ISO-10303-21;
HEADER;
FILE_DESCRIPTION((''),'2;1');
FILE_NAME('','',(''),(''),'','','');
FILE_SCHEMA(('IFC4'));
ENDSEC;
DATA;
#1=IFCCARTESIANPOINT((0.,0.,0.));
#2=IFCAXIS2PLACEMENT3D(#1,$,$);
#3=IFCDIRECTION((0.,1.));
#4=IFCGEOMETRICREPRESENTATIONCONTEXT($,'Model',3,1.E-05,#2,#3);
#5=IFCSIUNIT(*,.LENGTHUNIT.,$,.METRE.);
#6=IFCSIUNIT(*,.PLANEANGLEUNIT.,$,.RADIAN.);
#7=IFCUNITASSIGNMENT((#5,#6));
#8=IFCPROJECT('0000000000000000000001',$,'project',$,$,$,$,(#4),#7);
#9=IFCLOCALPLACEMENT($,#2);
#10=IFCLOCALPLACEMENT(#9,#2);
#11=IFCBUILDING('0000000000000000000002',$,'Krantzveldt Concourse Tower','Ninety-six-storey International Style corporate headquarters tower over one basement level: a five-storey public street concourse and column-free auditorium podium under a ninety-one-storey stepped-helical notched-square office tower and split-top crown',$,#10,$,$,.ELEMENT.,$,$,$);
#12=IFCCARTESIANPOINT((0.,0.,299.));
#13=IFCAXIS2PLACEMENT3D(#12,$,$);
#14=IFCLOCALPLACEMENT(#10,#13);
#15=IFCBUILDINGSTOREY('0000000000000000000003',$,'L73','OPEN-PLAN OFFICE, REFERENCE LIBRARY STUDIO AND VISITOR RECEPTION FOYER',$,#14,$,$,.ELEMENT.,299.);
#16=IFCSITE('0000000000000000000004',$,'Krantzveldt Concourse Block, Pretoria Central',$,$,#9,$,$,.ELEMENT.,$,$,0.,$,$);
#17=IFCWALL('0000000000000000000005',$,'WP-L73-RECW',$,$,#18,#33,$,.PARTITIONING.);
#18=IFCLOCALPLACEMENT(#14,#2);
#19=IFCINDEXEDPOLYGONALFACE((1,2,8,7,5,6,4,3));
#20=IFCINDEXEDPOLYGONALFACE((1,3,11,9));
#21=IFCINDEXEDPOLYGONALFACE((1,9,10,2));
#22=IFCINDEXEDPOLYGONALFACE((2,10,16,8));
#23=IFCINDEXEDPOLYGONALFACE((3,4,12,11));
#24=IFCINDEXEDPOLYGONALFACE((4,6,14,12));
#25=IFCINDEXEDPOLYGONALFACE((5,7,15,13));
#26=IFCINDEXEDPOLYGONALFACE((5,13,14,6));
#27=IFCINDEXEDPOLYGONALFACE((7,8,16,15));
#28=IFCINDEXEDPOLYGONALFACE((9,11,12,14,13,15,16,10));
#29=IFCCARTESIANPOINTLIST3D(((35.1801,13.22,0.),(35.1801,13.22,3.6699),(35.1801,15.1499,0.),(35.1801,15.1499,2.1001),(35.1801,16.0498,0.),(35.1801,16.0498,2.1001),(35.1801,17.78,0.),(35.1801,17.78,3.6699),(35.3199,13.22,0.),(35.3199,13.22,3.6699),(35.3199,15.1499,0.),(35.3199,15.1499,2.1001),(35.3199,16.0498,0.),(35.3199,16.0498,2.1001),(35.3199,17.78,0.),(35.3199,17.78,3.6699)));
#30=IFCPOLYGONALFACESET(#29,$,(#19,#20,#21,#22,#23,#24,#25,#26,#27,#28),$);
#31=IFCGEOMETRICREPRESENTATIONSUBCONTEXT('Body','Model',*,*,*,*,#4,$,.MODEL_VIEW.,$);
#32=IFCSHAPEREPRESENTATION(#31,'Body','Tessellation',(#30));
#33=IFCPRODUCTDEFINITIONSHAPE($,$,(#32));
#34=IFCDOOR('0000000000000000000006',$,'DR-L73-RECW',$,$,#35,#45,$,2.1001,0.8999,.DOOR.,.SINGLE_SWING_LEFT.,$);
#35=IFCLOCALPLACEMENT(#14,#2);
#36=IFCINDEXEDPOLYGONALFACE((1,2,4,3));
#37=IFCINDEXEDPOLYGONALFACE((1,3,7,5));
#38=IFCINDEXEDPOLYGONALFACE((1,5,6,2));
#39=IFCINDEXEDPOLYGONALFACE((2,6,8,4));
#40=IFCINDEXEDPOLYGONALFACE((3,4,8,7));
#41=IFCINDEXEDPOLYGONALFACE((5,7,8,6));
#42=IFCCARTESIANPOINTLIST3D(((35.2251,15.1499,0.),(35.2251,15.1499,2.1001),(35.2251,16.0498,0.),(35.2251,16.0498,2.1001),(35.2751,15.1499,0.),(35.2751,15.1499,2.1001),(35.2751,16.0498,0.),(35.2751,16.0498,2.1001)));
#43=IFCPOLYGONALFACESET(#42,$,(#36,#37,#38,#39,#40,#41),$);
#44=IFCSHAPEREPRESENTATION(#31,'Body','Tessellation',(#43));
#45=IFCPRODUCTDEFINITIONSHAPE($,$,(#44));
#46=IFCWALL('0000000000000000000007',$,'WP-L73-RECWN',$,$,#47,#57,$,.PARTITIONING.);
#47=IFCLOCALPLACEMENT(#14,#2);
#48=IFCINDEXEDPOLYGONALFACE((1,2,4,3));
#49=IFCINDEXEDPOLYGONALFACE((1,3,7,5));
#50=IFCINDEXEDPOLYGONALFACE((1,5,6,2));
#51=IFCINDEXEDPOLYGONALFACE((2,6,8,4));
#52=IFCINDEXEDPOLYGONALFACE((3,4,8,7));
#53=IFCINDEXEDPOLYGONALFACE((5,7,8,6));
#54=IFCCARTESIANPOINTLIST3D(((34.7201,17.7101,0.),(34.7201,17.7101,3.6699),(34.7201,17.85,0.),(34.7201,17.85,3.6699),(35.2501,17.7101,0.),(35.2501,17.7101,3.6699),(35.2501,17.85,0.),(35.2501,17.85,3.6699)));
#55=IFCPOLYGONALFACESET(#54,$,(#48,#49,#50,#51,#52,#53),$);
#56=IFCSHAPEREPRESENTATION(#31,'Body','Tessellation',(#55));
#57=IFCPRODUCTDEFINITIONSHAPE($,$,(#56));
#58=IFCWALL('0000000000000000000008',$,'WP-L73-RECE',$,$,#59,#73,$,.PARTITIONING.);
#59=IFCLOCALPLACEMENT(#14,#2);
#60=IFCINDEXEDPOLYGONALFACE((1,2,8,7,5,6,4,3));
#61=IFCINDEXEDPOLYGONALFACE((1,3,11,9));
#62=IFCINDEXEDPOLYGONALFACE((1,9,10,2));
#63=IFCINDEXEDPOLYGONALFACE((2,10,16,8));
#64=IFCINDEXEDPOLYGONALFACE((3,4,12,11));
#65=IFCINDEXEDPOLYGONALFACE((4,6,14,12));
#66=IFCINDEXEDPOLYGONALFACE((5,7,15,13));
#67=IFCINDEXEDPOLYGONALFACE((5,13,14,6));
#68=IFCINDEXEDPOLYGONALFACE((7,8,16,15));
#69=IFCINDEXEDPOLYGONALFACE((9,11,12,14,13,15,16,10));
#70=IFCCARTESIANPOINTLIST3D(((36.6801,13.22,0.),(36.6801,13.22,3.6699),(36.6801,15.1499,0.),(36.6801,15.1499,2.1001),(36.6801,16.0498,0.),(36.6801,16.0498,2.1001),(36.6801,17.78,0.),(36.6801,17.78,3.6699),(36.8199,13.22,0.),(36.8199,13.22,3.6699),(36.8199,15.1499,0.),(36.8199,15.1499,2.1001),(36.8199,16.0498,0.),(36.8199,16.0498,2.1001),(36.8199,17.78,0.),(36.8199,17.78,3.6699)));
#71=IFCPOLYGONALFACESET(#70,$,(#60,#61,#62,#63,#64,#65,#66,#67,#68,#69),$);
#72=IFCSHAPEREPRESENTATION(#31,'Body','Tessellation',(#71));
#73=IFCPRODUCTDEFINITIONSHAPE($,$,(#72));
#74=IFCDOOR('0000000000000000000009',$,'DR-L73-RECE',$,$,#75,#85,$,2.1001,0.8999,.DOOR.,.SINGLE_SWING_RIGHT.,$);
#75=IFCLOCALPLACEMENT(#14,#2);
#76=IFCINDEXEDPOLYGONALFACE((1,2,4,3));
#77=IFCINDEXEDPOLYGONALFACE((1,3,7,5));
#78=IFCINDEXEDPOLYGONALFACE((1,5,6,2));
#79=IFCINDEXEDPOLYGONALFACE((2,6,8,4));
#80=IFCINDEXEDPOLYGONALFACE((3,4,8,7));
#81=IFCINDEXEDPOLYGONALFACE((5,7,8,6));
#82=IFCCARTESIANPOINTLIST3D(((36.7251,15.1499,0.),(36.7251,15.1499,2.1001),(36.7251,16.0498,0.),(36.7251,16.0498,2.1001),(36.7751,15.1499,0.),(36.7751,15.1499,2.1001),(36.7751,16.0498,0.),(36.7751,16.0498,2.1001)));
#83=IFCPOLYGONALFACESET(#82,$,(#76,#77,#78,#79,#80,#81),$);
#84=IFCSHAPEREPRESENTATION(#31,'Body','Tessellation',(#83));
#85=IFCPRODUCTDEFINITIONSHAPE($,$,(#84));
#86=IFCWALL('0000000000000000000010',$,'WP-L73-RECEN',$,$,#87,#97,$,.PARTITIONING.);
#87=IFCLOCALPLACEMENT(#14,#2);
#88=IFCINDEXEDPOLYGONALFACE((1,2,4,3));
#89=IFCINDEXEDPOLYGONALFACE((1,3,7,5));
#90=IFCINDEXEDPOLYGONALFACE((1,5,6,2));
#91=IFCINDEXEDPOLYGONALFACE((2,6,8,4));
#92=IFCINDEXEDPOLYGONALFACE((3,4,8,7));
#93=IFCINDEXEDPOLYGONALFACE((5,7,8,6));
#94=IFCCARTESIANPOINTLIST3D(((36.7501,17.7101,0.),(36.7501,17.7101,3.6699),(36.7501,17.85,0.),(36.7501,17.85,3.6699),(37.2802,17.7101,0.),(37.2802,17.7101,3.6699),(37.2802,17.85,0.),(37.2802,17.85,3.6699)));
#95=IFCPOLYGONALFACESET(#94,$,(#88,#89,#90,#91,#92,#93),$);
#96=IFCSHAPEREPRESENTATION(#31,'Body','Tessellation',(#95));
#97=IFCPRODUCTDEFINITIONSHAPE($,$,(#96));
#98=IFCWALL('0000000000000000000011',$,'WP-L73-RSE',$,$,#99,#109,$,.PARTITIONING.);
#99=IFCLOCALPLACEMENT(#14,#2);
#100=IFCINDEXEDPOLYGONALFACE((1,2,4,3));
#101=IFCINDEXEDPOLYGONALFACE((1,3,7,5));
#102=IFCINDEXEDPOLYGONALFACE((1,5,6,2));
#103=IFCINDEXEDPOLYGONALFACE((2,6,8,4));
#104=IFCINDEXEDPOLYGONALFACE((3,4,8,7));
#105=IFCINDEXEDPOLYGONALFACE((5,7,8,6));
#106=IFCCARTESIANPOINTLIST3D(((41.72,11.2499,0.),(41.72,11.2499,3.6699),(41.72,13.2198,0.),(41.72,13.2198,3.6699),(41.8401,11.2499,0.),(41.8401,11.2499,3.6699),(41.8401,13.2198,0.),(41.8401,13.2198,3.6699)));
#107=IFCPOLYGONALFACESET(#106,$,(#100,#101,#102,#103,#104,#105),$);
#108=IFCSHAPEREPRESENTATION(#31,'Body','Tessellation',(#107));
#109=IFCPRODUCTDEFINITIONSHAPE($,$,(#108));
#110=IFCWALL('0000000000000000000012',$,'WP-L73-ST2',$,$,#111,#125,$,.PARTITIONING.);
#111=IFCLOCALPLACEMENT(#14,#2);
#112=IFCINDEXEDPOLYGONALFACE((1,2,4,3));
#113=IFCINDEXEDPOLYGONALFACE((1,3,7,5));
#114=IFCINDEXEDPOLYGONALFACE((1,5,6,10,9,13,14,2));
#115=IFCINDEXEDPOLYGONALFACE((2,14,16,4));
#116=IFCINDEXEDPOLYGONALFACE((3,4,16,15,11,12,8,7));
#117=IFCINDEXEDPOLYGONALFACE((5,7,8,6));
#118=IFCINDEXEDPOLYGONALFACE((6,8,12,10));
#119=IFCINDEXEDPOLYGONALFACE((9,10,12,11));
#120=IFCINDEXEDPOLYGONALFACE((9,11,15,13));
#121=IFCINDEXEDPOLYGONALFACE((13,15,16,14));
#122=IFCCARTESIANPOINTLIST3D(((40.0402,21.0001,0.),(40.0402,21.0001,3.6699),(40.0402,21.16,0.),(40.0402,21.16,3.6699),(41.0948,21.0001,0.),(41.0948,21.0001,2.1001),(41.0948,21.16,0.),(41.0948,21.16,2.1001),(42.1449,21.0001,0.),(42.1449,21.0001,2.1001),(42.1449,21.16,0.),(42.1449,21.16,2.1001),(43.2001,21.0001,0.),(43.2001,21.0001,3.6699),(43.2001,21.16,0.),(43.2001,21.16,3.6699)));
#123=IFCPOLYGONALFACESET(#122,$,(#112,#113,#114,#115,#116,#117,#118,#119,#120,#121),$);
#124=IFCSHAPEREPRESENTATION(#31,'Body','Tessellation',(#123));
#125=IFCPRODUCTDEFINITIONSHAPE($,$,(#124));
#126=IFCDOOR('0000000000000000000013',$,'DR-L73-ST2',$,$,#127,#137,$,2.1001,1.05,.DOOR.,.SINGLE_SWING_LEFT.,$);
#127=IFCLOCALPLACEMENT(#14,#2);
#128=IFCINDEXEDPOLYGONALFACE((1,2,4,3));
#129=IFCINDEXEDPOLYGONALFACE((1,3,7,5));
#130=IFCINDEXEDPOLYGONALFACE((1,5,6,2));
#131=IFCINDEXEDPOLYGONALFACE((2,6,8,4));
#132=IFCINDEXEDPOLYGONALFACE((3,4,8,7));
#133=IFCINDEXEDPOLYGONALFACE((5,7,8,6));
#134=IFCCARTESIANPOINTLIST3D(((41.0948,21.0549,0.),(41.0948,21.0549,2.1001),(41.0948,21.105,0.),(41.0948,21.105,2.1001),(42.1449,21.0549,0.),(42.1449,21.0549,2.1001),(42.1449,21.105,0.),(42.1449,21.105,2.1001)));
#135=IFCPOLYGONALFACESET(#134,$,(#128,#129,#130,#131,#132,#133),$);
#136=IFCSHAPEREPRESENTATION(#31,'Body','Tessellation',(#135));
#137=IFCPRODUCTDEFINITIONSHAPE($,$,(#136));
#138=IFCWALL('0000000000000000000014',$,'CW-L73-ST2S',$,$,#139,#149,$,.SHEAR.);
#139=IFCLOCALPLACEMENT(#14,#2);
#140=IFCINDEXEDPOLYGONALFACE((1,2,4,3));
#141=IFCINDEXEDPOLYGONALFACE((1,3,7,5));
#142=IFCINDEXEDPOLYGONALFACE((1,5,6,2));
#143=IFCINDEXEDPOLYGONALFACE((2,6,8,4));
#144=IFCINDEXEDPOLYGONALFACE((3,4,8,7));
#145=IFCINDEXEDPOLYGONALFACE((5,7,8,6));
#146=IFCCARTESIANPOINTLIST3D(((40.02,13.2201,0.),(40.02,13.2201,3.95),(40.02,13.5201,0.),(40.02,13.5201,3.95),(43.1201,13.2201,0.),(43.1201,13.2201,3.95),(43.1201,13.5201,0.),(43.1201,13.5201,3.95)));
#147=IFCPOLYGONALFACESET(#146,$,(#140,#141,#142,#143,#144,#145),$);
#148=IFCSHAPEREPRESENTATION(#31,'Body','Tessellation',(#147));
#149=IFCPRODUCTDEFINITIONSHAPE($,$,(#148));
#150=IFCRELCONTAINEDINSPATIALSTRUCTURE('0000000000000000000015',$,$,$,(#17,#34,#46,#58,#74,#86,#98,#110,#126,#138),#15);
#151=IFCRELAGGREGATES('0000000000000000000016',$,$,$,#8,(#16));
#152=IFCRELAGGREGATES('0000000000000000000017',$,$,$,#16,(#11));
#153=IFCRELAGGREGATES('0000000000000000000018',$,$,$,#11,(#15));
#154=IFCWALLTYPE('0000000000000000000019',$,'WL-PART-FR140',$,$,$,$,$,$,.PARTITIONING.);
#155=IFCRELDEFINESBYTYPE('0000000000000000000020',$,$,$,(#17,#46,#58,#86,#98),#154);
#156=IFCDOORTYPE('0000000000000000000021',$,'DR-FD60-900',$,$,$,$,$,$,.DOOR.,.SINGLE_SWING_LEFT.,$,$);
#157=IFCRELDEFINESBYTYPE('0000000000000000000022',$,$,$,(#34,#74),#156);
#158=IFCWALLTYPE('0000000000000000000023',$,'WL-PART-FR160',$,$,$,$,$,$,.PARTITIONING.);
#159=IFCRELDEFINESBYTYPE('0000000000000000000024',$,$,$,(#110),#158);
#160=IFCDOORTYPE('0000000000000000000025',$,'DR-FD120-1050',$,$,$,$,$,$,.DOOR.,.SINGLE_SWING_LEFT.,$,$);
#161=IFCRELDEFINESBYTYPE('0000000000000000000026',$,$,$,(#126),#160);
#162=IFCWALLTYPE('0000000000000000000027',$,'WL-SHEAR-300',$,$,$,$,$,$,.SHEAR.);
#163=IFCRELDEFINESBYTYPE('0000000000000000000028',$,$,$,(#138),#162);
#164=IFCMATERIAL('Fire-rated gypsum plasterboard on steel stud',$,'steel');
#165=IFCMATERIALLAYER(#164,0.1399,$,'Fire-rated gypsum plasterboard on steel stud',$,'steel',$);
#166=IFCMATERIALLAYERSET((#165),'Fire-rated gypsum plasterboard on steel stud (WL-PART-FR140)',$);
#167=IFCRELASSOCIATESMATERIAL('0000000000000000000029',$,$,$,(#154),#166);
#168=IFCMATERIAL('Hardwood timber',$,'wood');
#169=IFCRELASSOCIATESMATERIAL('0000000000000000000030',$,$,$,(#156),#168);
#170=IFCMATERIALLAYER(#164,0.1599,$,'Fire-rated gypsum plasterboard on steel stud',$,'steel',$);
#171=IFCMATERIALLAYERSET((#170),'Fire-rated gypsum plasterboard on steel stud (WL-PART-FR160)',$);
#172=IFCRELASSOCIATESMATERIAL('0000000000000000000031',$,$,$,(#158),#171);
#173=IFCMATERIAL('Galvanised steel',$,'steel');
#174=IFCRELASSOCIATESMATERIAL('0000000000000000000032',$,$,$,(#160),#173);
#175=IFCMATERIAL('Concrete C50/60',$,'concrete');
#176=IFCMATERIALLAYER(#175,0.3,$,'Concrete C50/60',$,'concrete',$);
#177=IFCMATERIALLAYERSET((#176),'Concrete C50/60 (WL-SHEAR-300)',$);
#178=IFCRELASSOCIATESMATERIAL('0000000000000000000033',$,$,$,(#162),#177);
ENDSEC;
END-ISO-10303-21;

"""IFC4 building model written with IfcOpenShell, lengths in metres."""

from ifc_helpers import new_model, si_unit, direction, frame, frame_2d, origin, place, context, subcontext, project, spatial, rectangle, extrude, material, layer, layer_set, type_object, element, fill, save


model = new_model("IFC4")

# Units and contexts
model_context = context("Model", 3, precision=1e-05, world=origin(), true_north=direction((0.0, 1.0)))
body_context = subcontext(model_context, "Body", "Model", "MODEL_VIEW")
ifc_project = project(units=[si_unit("LENGTHUNIT", "METRE"), si_unit("PLANEANGLEUNIT", "RADIAN")], contexts=[model_context])

# Site, building, storey
site_placement = place(None, origin())
site = spatial("IfcSite", under=ifc_project, at=site_placement, Name="Krantzveldt Concourse Block, Pretoria Central", CompositionType="ELEMENT", RefElevation=0.0)
building_placement = place(site_placement, origin())
building = spatial("IfcBuilding", under=site, at=building_placement, Name="Krantzveldt Concourse Tower", Description="Ninety-six-storey International Style corporate headquarters tower over one basement level: a five-storey public street concourse and column-free auditorium podium under a ninety-one-storey stepped-helical notched-square office tower and split-top crown", CompositionType="ELEMENT")
storey_placement = place(building_placement, frame((0.0, 0.0, 299.0)))
storey = spatial("IfcBuildingStorey", under=building, at=storey_placement, Name="L73", Description="OPEN-PLAN OFFICE, REFERENCE LIBRARY STUDIO AND VISITOR RECEPTION FOYER", CompositionType="ELEMENT", Elevation=299.0)

# Shared definitions
ifc_material_1 = material(Name="Fire-rated gypsum plasterboard on steel stud", Category="steel")
ifc_material_2 = material(Name="Hardwood timber", Category="wood")
ifc_layer_1 = layer(ifc_material_1, 0.1399, Name="Fire-rated gypsum plasterboard on steel stud", Category="steel")
ifc_layer_set_1 = layer_set([ifc_layer_1], Name="Fire-rated gypsum plasterboard on steel stud (WL-PART-FR140)")
wall_type_1 = type_object("IfcWallType", Name="WL-PART-FR140", PredefinedType="PARTITIONING", material=ifc_layer_set_1)

# Wall, opening, door
wall_1_placement = place(storey_placement, frame((35.25, 13.22, 0.0), z_axis=(0.0, 0.0, 1.0), x_axis=(0.0, 1.0, 0.0)))
wall_1 = element("IfcWall", 1, at=wall_1_placement, inside=storey, type_object=wall_type_1, Name="WP-L73-RECW", PredefinedType="PARTITIONING", context=body_context, shape_type="SweptSolid", body=[
    extrude(rectangle(XDim=4.5601, YDim=0.1399, at=frame_2d((2.28, 0.0))), origin(), (0.0, 0.0, 1.0), 3.6699),
])
opening_1_placement = place(wall_1_placement, frame((1.9299, 0.0, 0.0)))
opening_1 = element("IfcOpeningElement", 2, at=opening_1_placement, cuts=wall_1, PredefinedType="OPENING", context=body_context, shape_type="SweptSolid", body=[
    extrude(rectangle(XDim=0.8999, YDim=2.1001, at=frame_2d((0.45, 1.05))), frame((0.0, 0.0801, 0.0), z_axis=(0.0, -1.0, 0.0), x_axis=(1.0, 0.0, 0.0)), (0.0, 0.0, 1.0), 0.1599),
])
door_type_1 = type_object("IfcDoorType", Name="DR-FD60-900", OperationType="SINGLE_SWING_LEFT", PredefinedType="DOOR", material=ifc_material_2)
door_1_placement = place(opening_1_placement, origin())
door_1 = element("IfcDoor", 3, at=door_1_placement, inside=storey, type_object=door_type_1, Name="DR-L73-RECW", OperationType="SINGLE_SWING_LEFT", OverallHeight=2.1001, OverallWidth=0.8999, PredefinedType="DOOR", context=body_context, shape_type="SweptSolid", body=[
    extrude(rectangle(XDim=0.8999, YDim=2.1001, at=frame_2d((0.45, 1.05))), frame((0.0, 0.0249, 0.0), z_axis=(0.0, -1.0, 0.0), x_axis=(1.0, 0.0, 0.0)), (0.0, 0.0, 1.0), 0.05),
])
fill(opening_1, door_1)

# Wall
wall_2_placement = place(storey_placement, frame((34.72, 17.78, 0.0), z_axis=(0.0, 0.0, 1.0), x_axis=(1.0, 0.0, 0.0)))
element("IfcWall", 4, at=wall_2_placement, inside=storey, type_object=wall_type_1, Name="WP-L73-RECWN", PredefinedType="PARTITIONING", context=body_context, shape_type="SweptSolid", body=[
    extrude(rectangle(XDim=0.53, YDim=0.1399, at=frame_2d((0.2651, 0.0))), origin(), (0.0, 0.0, 1.0), 3.6699),
])

# Wall, opening, door
wall_3_placement = place(storey_placement, frame((36.75, 13.22, 0.0), z_axis=(0.0, 0.0, 1.0), x_axis=(0.0, 1.0, 0.0)))
wall_3 = element("IfcWall", 5, at=wall_3_placement, inside=storey, type_object=wall_type_1, Name="WP-L73-RECE", PredefinedType="PARTITIONING", context=body_context, shape_type="SweptSolid", body=[
    extrude(rectangle(XDim=4.5601, YDim=0.1399, at=frame_2d((2.28, 0.0))), origin(), (0.0, 0.0, 1.0), 3.6699),
])
opening_2_placement = place(wall_3_placement, frame((1.9299, 0.0, 0.0)))
opening_2 = element("IfcOpeningElement", 6, at=opening_2_placement, cuts=wall_3, PredefinedType="OPENING", context=body_context, shape_type="SweptSolid", body=[
    extrude(rectangle(XDim=0.8999, YDim=2.1001, at=frame_2d((0.45, 1.05))), frame((0.0, 0.0801, 0.0), z_axis=(0.0, -1.0, 0.0), x_axis=(1.0, 0.0, 0.0)), (0.0, 0.0, 1.0), 0.1599),
])
door_2_placement = place(opening_2_placement, origin())
door_2 = element("IfcDoor", 7, at=door_2_placement, inside=storey, type_object=door_type_1, Name="DR-L73-RECE", OperationType="SINGLE_SWING_RIGHT", OverallHeight=2.1001, OverallWidth=0.8999, PredefinedType="DOOR", context=body_context, shape_type="SweptSolid", body=[
    extrude(rectangle(XDim=0.8999, YDim=2.1001, at=frame_2d((0.45, 1.05))), frame((0.0, 0.0249, 0.0), z_axis=(0.0, -1.0, 0.0), x_axis=(1.0, 0.0, 0.0)), (0.0, 0.0, 1.0), 0.05),
])
fill(opening_2, door_2)

# Walls
wall_4_placement = place(storey_placement, frame((36.75, 17.78, 0.0), z_axis=(0.0, 0.0, 1.0), x_axis=(1.0, 0.0, 0.0)))
element("IfcWall", 8, at=wall_4_placement, inside=storey, type_object=wall_type_1, Name="WP-L73-RECEN", PredefinedType="PARTITIONING", context=body_context, shape_type="SweptSolid", body=[
    extrude(rectangle(XDim=0.53, YDim=0.1399, at=frame_2d((0.2651, 0.0))), origin(), (0.0, 0.0, 1.0), 3.6699),
])
wall_5_placement = place(storey_placement, frame((41.78, 11.25, 0.0), z_axis=(0.0, 0.0, 1.0), x_axis=(0.0, 1.0, 0.0)))
element("IfcWall", 9, at=wall_5_placement, inside=storey, type_object=wall_type_1, Name="WP-L73-RSE", PredefinedType="PARTITIONING", context=body_context, shape_type="SweptSolid", body=[
    extrude(rectangle(XDim=1.97, YDim=0.1201, at=frame_2d((0.9849, 0.0))), origin(), (0.0, 0.0, 1.0), 3.6699),
])

# Wall, opening, door
ifc_layer_2 = layer(ifc_material_1, 0.1599, Name="Fire-rated gypsum plasterboard on steel stud", Category="steel")
ifc_layer_set_2 = layer_set([ifc_layer_2], Name="Fire-rated gypsum plasterboard on steel stud (WL-PART-FR160)")
wall_type_2 = type_object("IfcWallType", Name="WL-PART-FR160", PredefinedType="PARTITIONING", material=ifc_layer_set_2)
wall_6_placement = place(storey_placement, frame((40.04, 21.0801, 0.0), z_axis=(0.0, 0.0, 1.0), x_axis=(1.0, 0.0, 0.0)))
wall_6 = element("IfcWall", 10, at=wall_6_placement, inside=storey, type_object=wall_type_2, Name="WP-L73-ST2", PredefinedType="PARTITIONING", context=body_context, shape_type="SweptSolid", body=[
    extrude(rectangle(XDim=3.1599, YDim=0.1599, at=frame_2d((1.5801, 0.0))), origin(), (0.0, 0.0, 1.0), 3.6699),
])
opening_3_placement = place(wall_6_placement, frame((1.0549, 0.0, 0.0)))
opening_3 = element("IfcOpeningElement", 11, at=opening_3_placement, cuts=wall_6, PredefinedType="OPENING", context=body_context, shape_type="SweptSolid", body=[
    extrude(rectangle(XDim=1.05, YDim=2.1001, at=frame_2d((0.5249, 1.05))), frame((0.0, 0.0898, 0.0), z_axis=(0.0, -1.0, 0.0), x_axis=(1.0, 0.0, 0.0)), (0.0, 0.0, 1.0), 0.1799),
])
ifc_material_3 = material(Name="Galvanised steel", Category="steel")
door_type_2 = type_object("IfcDoorType", Name="DR-FD120-1050", OperationType="SINGLE_SWING_LEFT", PredefinedType="DOOR", material=ifc_material_3)
door_3_placement = place(opening_3_placement, origin())
door_3 = element("IfcDoor", 12, at=door_3_placement, inside=storey, type_object=door_type_2, Name="DR-L73-ST2", OperationType="SINGLE_SWING_LEFT", OverallHeight=2.1001, OverallWidth=1.05, PredefinedType="DOOR", context=body_context, shape_type="SweptSolid", body=[
    extrude(rectangle(XDim=1.05, YDim=2.1001, at=frame_2d((0.5249, 1.05))), frame((0.0, 0.0249, 0.0), z_axis=(0.0, -1.0, 0.0), x_axis=(1.0, 0.0, 0.0)), (0.0, 0.0, 1.0), 0.05),
])
fill(opening_3, door_3)

# Wall
ifc_material_4 = material(Name="Concrete C50/60", Category="concrete")
ifc_layer_3 = layer(ifc_material_4, 0.3, Name="Concrete C50/60", Category="concrete")
ifc_layer_set_3 = layer_set([ifc_layer_3], Name="Concrete C50/60 (WL-SHEAR-300)")
wall_type_3 = type_object("IfcWallType", Name="WL-SHEAR-300", PredefinedType="SHEAR", material=ifc_layer_set_3)
wall_7_placement = place(storey_placement, frame((40.02, 13.3701, 0.0), z_axis=(0.0, 0.0, 1.0), x_axis=(1.0, 0.0, 0.0)))
element("IfcWall", 13, at=wall_7_placement, inside=storey, type_object=wall_type_3, Name="CW-L73-ST2S", PredefinedType="SHEAR", context=body_context, shape_type="SweptSolid", body=[
    extrude(rectangle(XDim=3.1001, YDim=0.3, at=frame_2d((1.55, 0.0))), origin(), (0.0, 0.0, 1.0), 3.95),
])

save(model, "model.ifc")
